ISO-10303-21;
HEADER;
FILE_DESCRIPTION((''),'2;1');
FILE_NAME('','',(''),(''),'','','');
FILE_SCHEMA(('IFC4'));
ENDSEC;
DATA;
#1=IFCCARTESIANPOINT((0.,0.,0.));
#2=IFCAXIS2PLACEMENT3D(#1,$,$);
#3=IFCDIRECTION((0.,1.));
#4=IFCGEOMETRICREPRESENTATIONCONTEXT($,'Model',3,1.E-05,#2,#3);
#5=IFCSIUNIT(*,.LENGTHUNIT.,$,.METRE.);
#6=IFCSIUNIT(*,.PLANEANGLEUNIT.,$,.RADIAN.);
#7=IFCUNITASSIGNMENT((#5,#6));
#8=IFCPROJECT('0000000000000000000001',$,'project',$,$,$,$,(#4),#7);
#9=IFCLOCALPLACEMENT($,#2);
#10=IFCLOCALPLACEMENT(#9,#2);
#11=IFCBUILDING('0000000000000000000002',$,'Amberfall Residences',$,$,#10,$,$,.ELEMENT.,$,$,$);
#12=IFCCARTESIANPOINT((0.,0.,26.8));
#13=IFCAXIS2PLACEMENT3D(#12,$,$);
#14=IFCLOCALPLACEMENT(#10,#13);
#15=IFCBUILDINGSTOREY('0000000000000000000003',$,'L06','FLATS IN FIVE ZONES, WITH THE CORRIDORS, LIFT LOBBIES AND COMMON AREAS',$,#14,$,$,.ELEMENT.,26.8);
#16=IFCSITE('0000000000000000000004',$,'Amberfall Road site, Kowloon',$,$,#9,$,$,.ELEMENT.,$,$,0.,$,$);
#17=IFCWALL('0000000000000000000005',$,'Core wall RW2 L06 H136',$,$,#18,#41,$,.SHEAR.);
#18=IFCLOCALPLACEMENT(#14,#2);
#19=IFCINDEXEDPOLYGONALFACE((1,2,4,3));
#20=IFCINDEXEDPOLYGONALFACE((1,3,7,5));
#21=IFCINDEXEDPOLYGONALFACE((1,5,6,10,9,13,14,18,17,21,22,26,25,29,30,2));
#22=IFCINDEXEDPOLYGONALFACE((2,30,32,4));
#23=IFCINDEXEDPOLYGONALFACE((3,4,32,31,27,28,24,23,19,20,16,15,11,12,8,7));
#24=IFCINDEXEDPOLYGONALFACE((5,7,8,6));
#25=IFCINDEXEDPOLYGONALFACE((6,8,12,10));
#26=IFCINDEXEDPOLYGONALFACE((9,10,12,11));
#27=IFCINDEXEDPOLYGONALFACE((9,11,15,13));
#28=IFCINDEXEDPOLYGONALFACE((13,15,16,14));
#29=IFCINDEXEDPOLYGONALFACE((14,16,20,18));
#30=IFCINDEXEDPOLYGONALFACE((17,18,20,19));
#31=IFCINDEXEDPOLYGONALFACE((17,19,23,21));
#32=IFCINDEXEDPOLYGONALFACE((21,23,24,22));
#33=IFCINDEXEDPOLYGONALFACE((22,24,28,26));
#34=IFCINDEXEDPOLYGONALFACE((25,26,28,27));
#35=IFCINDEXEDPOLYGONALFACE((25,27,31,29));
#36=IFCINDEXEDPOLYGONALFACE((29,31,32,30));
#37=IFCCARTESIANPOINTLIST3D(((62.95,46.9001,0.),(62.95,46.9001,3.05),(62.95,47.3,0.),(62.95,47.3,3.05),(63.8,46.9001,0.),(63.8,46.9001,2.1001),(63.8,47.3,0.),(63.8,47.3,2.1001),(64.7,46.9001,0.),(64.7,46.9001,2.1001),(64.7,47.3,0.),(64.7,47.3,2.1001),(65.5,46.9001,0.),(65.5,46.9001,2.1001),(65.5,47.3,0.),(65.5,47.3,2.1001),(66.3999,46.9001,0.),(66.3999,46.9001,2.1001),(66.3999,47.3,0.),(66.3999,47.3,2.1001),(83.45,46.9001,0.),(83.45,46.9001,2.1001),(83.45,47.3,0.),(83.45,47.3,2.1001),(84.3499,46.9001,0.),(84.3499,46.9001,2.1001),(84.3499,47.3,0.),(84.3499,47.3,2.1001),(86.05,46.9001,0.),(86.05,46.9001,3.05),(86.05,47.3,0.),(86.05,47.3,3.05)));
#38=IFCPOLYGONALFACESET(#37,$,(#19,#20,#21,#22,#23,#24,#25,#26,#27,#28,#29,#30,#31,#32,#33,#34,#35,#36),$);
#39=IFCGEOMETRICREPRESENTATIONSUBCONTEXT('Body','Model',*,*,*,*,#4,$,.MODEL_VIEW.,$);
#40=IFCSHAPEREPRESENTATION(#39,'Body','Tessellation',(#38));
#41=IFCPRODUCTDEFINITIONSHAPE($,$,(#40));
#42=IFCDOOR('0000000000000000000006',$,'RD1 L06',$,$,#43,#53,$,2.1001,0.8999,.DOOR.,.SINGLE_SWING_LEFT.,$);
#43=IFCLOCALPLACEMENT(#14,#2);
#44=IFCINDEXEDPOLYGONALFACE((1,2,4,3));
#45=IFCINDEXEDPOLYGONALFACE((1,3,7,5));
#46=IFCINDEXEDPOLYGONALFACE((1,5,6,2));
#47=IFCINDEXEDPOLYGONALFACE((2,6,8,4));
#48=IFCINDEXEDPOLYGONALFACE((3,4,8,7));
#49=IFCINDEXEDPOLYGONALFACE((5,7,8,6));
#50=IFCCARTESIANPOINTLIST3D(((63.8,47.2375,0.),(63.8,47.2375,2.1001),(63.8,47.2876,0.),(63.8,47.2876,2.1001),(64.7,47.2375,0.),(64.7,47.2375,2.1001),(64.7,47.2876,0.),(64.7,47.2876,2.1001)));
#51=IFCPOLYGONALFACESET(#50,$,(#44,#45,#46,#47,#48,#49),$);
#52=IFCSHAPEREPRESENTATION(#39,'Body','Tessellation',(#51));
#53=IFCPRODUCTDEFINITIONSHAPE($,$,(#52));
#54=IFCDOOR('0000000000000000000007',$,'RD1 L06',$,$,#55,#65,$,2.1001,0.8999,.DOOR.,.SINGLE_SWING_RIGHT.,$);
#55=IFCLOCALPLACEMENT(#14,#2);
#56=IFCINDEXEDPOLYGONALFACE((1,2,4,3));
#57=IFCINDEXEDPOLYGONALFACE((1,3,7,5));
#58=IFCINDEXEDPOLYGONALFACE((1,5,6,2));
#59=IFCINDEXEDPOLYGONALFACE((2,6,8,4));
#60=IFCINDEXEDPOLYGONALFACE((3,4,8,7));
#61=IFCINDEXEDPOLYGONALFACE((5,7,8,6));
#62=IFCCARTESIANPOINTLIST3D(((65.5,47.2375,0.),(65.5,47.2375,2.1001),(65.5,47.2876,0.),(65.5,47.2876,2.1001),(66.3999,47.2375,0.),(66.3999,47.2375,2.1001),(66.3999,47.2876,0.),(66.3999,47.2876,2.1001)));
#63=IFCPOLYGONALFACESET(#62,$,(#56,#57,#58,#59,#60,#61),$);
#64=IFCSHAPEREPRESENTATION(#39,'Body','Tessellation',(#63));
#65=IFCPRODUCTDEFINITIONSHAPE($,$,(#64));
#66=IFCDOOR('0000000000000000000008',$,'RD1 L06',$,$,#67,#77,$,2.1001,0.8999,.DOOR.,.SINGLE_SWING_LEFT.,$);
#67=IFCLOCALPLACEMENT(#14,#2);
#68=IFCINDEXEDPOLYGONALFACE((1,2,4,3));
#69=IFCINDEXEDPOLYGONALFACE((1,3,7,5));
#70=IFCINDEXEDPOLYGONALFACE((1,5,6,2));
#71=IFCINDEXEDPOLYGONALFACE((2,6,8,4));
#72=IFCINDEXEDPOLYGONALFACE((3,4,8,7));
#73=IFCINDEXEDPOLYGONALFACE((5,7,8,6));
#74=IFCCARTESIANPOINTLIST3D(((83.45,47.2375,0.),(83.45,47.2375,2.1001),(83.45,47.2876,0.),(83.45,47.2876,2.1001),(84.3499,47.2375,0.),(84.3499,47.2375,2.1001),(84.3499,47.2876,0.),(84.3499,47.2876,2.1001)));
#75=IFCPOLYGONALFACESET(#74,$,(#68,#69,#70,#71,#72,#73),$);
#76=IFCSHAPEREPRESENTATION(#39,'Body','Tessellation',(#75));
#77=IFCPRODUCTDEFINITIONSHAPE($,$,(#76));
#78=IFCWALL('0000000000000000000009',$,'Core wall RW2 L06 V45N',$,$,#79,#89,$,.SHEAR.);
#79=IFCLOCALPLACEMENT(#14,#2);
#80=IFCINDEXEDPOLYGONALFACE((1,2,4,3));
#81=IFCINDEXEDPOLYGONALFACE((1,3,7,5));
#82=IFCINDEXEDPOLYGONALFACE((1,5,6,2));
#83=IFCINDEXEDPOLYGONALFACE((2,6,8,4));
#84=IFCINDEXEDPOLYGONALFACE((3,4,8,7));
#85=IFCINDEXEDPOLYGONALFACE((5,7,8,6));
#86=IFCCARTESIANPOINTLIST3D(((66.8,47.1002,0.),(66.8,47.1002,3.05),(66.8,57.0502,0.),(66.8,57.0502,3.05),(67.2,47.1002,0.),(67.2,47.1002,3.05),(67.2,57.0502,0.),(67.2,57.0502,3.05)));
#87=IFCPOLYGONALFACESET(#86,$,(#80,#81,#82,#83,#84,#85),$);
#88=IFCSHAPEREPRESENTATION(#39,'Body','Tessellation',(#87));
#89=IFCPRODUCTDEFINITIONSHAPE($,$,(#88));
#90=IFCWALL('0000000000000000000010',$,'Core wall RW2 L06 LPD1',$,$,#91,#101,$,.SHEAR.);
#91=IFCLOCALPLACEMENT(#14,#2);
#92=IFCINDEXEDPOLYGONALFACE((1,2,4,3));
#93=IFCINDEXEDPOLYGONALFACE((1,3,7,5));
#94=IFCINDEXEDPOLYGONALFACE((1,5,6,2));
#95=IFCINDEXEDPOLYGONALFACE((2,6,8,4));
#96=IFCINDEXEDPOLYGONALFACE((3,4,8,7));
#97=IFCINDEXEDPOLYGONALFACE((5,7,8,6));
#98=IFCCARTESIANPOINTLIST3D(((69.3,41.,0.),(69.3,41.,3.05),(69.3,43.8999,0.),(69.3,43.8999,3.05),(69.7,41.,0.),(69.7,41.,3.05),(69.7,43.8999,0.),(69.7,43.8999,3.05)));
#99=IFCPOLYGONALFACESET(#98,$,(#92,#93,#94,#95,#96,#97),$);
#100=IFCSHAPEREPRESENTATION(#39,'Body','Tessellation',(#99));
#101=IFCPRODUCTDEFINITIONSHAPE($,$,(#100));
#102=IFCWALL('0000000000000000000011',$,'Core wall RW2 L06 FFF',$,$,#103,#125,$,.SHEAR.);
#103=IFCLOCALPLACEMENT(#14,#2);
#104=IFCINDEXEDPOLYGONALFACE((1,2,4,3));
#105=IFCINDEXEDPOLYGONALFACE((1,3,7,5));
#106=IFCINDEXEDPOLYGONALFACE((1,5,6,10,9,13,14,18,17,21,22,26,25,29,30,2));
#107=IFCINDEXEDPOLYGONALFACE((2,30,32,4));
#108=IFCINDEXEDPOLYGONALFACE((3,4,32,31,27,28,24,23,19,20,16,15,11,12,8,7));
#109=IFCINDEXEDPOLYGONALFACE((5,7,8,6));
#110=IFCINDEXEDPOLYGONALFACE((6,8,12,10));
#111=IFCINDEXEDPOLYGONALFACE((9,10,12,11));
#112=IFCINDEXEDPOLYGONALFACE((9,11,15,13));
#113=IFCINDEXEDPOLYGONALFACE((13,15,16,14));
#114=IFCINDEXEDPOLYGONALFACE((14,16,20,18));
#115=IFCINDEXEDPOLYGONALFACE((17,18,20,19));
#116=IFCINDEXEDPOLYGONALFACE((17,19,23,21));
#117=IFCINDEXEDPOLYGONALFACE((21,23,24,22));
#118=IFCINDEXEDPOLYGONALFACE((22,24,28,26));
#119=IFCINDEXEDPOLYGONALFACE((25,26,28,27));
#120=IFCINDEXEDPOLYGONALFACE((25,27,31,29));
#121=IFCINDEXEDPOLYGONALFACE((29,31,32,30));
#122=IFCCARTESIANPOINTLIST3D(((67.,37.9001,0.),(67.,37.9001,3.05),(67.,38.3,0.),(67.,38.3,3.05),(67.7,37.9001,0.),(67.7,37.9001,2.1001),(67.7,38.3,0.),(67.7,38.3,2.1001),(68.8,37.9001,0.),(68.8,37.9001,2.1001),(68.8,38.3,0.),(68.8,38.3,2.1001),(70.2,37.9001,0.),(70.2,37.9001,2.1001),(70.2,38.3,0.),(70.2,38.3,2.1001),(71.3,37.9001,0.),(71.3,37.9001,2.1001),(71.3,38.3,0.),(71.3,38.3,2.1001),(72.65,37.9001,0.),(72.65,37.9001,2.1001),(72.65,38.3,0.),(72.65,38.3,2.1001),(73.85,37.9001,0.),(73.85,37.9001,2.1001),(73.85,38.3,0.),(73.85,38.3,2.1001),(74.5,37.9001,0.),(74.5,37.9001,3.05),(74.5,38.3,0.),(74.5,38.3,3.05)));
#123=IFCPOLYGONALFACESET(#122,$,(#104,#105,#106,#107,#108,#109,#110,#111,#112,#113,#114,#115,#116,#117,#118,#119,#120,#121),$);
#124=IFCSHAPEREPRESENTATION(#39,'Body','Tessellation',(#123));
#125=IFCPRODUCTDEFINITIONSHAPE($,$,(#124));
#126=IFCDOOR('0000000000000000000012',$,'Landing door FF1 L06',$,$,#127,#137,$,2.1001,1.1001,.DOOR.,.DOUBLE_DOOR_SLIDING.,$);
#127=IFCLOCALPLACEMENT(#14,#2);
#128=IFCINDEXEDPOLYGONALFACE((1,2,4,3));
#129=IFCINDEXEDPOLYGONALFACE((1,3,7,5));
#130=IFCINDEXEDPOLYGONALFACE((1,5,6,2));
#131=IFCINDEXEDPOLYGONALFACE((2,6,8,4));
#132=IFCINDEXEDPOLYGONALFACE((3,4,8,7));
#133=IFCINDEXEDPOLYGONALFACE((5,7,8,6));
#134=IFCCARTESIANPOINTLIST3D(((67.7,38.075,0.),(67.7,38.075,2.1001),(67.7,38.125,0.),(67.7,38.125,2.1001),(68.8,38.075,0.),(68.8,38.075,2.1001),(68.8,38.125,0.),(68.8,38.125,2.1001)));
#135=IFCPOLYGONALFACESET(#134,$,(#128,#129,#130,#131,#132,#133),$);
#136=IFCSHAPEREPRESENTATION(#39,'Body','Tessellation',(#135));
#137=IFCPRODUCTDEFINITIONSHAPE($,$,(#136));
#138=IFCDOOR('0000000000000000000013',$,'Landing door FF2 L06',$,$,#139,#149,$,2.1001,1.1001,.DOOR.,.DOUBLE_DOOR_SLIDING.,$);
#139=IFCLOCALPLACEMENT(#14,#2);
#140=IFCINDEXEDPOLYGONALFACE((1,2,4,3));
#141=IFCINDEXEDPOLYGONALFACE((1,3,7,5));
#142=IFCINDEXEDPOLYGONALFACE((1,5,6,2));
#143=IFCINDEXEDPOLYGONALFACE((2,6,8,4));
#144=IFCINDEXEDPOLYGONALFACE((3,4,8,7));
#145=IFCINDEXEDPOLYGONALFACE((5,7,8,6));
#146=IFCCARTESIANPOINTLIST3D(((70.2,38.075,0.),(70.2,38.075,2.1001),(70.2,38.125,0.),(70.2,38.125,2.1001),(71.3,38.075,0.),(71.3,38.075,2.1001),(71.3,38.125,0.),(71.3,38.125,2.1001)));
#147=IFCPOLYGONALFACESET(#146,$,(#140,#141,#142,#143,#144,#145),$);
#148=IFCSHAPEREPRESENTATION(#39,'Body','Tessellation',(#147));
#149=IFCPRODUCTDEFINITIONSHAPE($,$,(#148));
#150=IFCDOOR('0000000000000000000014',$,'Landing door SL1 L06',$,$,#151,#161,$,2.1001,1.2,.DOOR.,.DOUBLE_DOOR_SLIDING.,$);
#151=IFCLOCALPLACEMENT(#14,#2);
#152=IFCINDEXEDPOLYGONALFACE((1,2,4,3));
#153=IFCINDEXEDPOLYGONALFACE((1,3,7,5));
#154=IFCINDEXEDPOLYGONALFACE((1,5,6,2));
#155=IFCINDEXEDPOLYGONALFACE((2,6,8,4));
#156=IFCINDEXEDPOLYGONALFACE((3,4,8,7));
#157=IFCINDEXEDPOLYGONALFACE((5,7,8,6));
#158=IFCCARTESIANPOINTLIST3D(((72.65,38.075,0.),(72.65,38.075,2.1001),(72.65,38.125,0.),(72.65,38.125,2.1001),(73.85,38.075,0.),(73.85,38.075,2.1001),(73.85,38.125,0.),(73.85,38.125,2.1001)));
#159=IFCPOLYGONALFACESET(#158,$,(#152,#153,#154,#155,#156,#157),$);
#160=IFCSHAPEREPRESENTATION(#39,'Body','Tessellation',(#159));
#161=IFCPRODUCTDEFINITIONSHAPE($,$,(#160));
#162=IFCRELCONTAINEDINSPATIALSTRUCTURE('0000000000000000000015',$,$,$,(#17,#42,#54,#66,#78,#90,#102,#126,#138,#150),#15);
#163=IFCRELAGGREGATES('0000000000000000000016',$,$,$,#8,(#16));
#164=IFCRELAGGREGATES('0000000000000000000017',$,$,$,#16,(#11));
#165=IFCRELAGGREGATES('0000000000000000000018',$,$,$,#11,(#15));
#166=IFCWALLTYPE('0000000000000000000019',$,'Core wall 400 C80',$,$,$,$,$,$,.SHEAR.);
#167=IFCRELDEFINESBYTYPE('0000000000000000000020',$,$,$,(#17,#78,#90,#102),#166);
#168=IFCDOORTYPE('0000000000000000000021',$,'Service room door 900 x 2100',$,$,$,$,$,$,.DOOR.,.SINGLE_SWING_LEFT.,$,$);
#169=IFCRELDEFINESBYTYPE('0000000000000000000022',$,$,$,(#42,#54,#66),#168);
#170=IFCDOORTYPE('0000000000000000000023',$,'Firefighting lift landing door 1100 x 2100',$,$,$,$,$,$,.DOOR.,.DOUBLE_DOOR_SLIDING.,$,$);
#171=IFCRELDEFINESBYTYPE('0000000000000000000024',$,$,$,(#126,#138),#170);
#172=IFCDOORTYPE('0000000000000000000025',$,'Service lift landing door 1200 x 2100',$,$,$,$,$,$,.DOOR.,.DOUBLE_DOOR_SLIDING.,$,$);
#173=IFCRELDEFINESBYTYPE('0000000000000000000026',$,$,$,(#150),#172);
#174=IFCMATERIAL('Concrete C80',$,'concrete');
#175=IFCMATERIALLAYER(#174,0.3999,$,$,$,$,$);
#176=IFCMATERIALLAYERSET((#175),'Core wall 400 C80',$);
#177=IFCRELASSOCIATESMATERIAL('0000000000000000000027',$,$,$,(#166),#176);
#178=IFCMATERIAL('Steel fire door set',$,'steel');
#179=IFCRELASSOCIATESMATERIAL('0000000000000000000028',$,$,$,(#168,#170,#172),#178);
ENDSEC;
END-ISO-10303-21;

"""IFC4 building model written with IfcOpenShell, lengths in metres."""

from ifc_helpers import new_model, si_unit, direction, frame, frame_2d, origin, place, context, subcontext, project, spatial, rectangle, extrude, material, layer, layer_set, type_object, element, fill, save


model = new_model("IFC4")

# Units and contexts
model_context = context("Model", 3, precision=1e-05, world=origin(), true_north=direction((0.0, 1.0)))
body_context = subcontext(model_context, "Body", "Model", "MODEL_VIEW")
ifc_project = project(units=[si_unit("LENGTHUNIT", "METRE"), si_unit("PLANEANGLEUNIT", "RADIAN")], contexts=[model_context])

# Site, building, storey
site_placement = place(None, origin())
site = spatial("IfcSite", under=ifc_project, at=site_placement, Name="Amberfall Road site, Kowloon", CompositionType="ELEMENT", RefElevation=0.0)
building_placement = place(site_placement, origin())
building = spatial("IfcBuilding", under=site, at=building_placement, Name="Amberfall Residences", CompositionType="ELEMENT")
storey_placement = place(building_placement, frame((0.0, 0.0, 26.8)))
storey = spatial("IfcBuildingStorey", under=building, at=storey_placement, Name="L06", Description="FLATS IN FIVE ZONES, WITH THE CORRIDORS, LIFT LOBBIES AND COMMON AREAS", CompositionType="ELEMENT", Elevation=26.8)

# Shared definitions
ifc_material_1 = material(Name="Concrete C80", Category="concrete")
ifc_layer = layer(ifc_material_1, 0.3999)
ifc_layer_set = layer_set([ifc_layer], Name="Core wall 400 C80")
wall_type = type_object("IfcWallType", Name="Core wall 400 C80", PredefinedType="SHEAR", material=ifc_layer_set)

# Wall, openings, doors
ifc_material_2 = material(Name="Steel fire door set", Category="steel")
door_type_1 = type_object("IfcDoorType", Name="Service room door 900 x 2100", OperationType="SINGLE_SWING_LEFT", PredefinedType="DOOR", material=ifc_material_2)
wall_1_placement = place(storey_placement, frame((62.95, 47.1001, 0.0), z_axis=(0.0, 0.0, 1.0), x_axis=(1.0, 0.0, 0.0)))
wall_1 = element("IfcWall", 1, at=wall_1_placement, inside=storey, type_object=wall_type, Name="Core wall RW2 L06 H136", PredefinedType="SHEAR", context=body_context, shape_type="SweptSolid", body=[
    extrude(rectangle(XDim=23.1001, YDim=0.3999, at=frame_2d((11.55, 0.0))), origin(), (0.0, 0.0, 1.0), 3.05),
])
opening_1_placement = place(wall_1_placement, frame((0.8501, 0.0, 0.0)))
opening_1 = element("IfcOpeningElement", 2, at=opening_1_placement, cuts=wall_1, PredefinedType="OPENING", context=body_context, shape_type="SweptSolid", body=[
    extrude(rectangle(XDim=0.8999, YDim=2.1001, at=frame_2d((0.45, 1.05))), frame((0.0, 0.21, 0.0), z_axis=(0.0, -1.0, 0.0), x_axis=(1.0, 0.0, 0.0)), (0.0, 0.0, 1.0), 0.4199),
])
opening_2_placement = place(wall_1_placement, frame((2.55, 0.0, 0.0)))
opening_2 = element("IfcOpeningElement", 3, at=opening_2_placement, cuts=wall_1, PredefinedType="OPENING", context=body_context, shape_type="SweptSolid", body=[
    extrude(rectangle(XDim=0.8999, YDim=2.1001, at=frame_2d((0.45, 1.05))), frame((0.0, 0.21, 0.0), z_axis=(0.0, -1.0, 0.0), x_axis=(1.0, 0.0, 0.0)), (0.0, 0.0, 1.0), 0.4199),
])
opening_3_placement = place(wall_1_placement, frame((20.5, 0.0, 0.0)))
opening_3 = element("IfcOpeningElement", 4, at=opening_3_placement, cuts=wall_1, PredefinedType="OPENING", context=body_context, shape_type="SweptSolid", body=[
    extrude(rectangle(XDim=0.8999, YDim=2.1001, at=frame_2d((0.45, 1.05))), frame((0.0, 0.21, 0.0), z_axis=(0.0, -1.0, 0.0), x_axis=(1.0, 0.0, 0.0)), (0.0, 0.0, 1.0), 0.4199),
])
door_1_placement = place(opening_1_placement, origin())
door_1 = element("IfcDoor", 5, at=door_1_placement, inside=storey, type_object=door_type_1, Name="RD1 L06", OperationType="SINGLE_SWING_LEFT", OverallHeight=2.1001, OverallWidth=0.8999, PredefinedType="DOOR", context=body_context, shape_type="SweptSolid", body=[
    extrude(rectangle(XDim=0.8999, YDim=2.1001, at=frame_2d((0.45, 1.05))), frame((0.0, 0.1875, 0.0), z_axis=(0.0, -1.0, 0.0), x_axis=(1.0, 0.0, 0.0)), (0.0, 0.0, 1.0), 0.05),
])
fill(opening_1, door_1)
door_2_placement = place(opening_2_placement, origin())
door_2 = element("IfcDoor", 6, at=door_2_placement, inside=storey, type_object=door_type_1, Name="RD1 L06", OperationType="SINGLE_SWING_RIGHT", OverallHeight=2.1001, OverallWidth=0.8999, PredefinedType="DOOR", context=body_context, shape_type="SweptSolid", body=[
    extrude(rectangle(XDim=0.8999, YDim=2.1001, at=frame_2d((0.45, 1.05))), frame((0.0, 0.1875, 0.0), z_axis=(0.0, -1.0, 0.0), x_axis=(1.0, 0.0, 0.0)), (0.0, 0.0, 1.0), 0.05),
])
fill(opening_2, door_2)
door_3_placement = place(opening_3_placement, origin())
door_3 = element("IfcDoor", 7, at=door_3_placement, inside=storey, type_object=door_type_1, Name="RD1 L06", OperationType="SINGLE_SWING_LEFT", OverallHeight=2.1001, OverallWidth=0.8999, PredefinedType="DOOR", context=body_context, shape_type="SweptSolid", body=[
    extrude(rectangle(XDim=0.8999, YDim=2.1001, at=frame_2d((0.45, 1.05))), frame((0.0, 0.1875, 0.0), z_axis=(0.0, -1.0, 0.0), x_axis=(1.0, 0.0, 0.0)), (0.0, 0.0, 1.0), 0.05),
])
fill(opening_3, door_3)

# Walls
wall_2_placement = place(storey_placement, frame((67.0, 47.1001, 0.0), z_axis=(0.0, 0.0, 1.0), x_axis=(0.0, 1.0, 0.0)))
element("IfcWall", 8, at=wall_2_placement, inside=storey, type_object=wall_type, Name="Core wall RW2 L06 V45N", PredefinedType="SHEAR", context=body_context, shape_type="SweptSolid", body=[
    extrude(rectangle(XDim=9.95, YDim=0.3999, at=frame_2d((4.9751, 0.0))), origin(), (0.0, 0.0, 1.0), 3.05),
])
wall_3_placement = place(storey_placement, frame((69.5, 41.0, 0.0), z_axis=(0.0, 0.0, 1.0), x_axis=(0.0, 1.0, 0.0)))
element("IfcWall", 9, at=wall_3_placement, inside=storey, type_object=wall_type, Name="Core wall RW2 L06 LPD1", PredefinedType="SHEAR", context=body_context, shape_type="SweptSolid", body=[
    extrude(rectangle(XDim=2.8999, YDim=0.3999, at=frame_2d((1.45, 0.0))), origin(), (0.0, 0.0, 1.0), 3.05),
])

# Wall, openings, doors
wall_4_placement = place(storey_placement, frame((67.0, 38.1001, 0.0), z_axis=(0.0, 0.0, 1.0), x_axis=(1.0, 0.0, 0.0)))
wall_4 = element("IfcWall", 10, at=wall_4_placement, inside=storey, type_object=wall_type, Name="Core wall RW2 L06 FFF", PredefinedType="SHEAR", context=body_context, shape_type="SweptSolid", body=[
    extrude(rectangle(XDim=7.5, YDim=0.3999, at=frame_2d((3.75, 0.0))), origin(), (0.0, 0.0, 1.0), 3.05),
])
opening_4_placement = place(wall_4_placement, frame((0.7, 0.0, 0.0)))
opening_4 = element("IfcOpeningElement", 11, at=opening_4_placement, cuts=wall_4, PredefinedType="OPENING", context=body_context, shape_type="SweptSolid", body=[
    extrude(rectangle(XDim=1.1001, YDim=2.1001, at=frame_2d((0.55, 1.05))), frame((0.0, 0.21, 0.0), z_axis=(0.0, -1.0, 0.0), x_axis=(1.0, 0.0, 0.0)), (0.0, 0.0, 1.0), 0.4199),
])
opening_5_placement = place(wall_4_placement, frame((3.2, 0.0, 0.0)))
opening_5 = element("IfcOpeningElement", 12, at=opening_5_placement, cuts=wall_4, PredefinedType="OPENING", context=body_context, shape_type="SweptSolid", body=[
    extrude(rectangle(XDim=1.1001, YDim=2.1001, at=frame_2d((0.55, 1.05))), frame((0.0, 0.21, 0.0), z_axis=(0.0, -1.0, 0.0), x_axis=(1.0, 0.0, 0.0)), (0.0, 0.0, 1.0), 0.4199),
])
opening_6_placement = place(wall_4_placement, frame((5.6499, 0.0, 0.0)))
opening_6 = element("IfcOpeningElement", 13, at=opening_6_placement, cuts=wall_4, PredefinedType="OPENING", context=body_context, shape_type="SweptSolid", body=[
    extrude(rectangle(XDim=1.2, YDim=2.1001, at=frame_2d((0.6001, 1.05))), frame((0.0, 0.21, 0.0), z_axis=(0.0, -1.0, 0.0), x_axis=(1.0, 0.0, 0.0)), (0.0, 0.0, 1.0), 0.4199),
])
door_type_2 = type_object("IfcDoorType", Name="Firefighting lift landing door 1100 x 2100", OperationType="DOUBLE_DOOR_SLIDING", PredefinedType="DOOR", material=ifc_material_2)
door_4_placement = place(opening_4_placement, origin())
door_4 = element("IfcDoor", 14, at=door_4_placement, inside=storey, type_object=door_type_2, Name="Landing door FF1 L06", OperationType="DOUBLE_DOOR_SLIDING", OverallHeight=2.1001, OverallWidth=1.1001, PredefinedType="DOOR", context=body_context, shape_type="SweptSolid", body=[
    extrude(rectangle(XDim=1.1001, YDim=2.1001, at=frame_2d((0.55, 1.05))), frame((0.0, 0.0249, 0.0), z_axis=(0.0, -1.0, 0.0), x_axis=(1.0, 0.0, 0.0)), (0.0, 0.0, 1.0), 0.05),
])
fill(opening_4, door_4)
door_5_placement = place(opening_5_placement, origin())
door_5 = element("IfcDoor", 15, at=door_5_placement, inside=storey, type_object=door_type_2, Name="Landing door FF2 L06", OperationType="DOUBLE_DOOR_SLIDING", OverallHeight=2.1001, OverallWidth=1.1001, PredefinedType="DOOR", context=body_context, shape_type="SweptSolid", body=[
    extrude(rectangle(XDim=1.1001, YDim=2.1001, at=frame_2d((0.55, 1.05))), frame((0.0, 0.0249, 0.0), z_axis=(0.0, -1.0, 0.0), x_axis=(1.0, 0.0, 0.0)), (0.0, 0.0, 1.0), 0.05),
])
fill(opening_5, door_5)
door_type_3 = type_object("IfcDoorType", Name="Service lift landing door 1200 x 2100", OperationType="DOUBLE_DOOR_SLIDING", PredefinedType="DOOR", material=ifc_material_2)
door_6_placement = place(opening_6_placement, origin())
door_6 = element("IfcDoor", 16, at=door_6_placement, inside=storey, type_object=door_type_3, Name="Landing door SL1 L06", OperationType="DOUBLE_DOOR_SLIDING", OverallHeight=2.1001, OverallWidth=1.2, PredefinedType="DOOR", context=body_context, shape_type="SweptSolid", body=[
    extrude(rectangle(XDim=1.2, YDim=2.1001, at=frame_2d((0.6001, 1.05))), frame((0.0, 0.0249, 0.0), z_axis=(0.0, -1.0, 0.0), x_axis=(1.0, 0.0, 0.0)), (0.0, 0.0, 1.0), 0.05),
])
fill(opening_6, door_6)

save(model, "model.ifc")
